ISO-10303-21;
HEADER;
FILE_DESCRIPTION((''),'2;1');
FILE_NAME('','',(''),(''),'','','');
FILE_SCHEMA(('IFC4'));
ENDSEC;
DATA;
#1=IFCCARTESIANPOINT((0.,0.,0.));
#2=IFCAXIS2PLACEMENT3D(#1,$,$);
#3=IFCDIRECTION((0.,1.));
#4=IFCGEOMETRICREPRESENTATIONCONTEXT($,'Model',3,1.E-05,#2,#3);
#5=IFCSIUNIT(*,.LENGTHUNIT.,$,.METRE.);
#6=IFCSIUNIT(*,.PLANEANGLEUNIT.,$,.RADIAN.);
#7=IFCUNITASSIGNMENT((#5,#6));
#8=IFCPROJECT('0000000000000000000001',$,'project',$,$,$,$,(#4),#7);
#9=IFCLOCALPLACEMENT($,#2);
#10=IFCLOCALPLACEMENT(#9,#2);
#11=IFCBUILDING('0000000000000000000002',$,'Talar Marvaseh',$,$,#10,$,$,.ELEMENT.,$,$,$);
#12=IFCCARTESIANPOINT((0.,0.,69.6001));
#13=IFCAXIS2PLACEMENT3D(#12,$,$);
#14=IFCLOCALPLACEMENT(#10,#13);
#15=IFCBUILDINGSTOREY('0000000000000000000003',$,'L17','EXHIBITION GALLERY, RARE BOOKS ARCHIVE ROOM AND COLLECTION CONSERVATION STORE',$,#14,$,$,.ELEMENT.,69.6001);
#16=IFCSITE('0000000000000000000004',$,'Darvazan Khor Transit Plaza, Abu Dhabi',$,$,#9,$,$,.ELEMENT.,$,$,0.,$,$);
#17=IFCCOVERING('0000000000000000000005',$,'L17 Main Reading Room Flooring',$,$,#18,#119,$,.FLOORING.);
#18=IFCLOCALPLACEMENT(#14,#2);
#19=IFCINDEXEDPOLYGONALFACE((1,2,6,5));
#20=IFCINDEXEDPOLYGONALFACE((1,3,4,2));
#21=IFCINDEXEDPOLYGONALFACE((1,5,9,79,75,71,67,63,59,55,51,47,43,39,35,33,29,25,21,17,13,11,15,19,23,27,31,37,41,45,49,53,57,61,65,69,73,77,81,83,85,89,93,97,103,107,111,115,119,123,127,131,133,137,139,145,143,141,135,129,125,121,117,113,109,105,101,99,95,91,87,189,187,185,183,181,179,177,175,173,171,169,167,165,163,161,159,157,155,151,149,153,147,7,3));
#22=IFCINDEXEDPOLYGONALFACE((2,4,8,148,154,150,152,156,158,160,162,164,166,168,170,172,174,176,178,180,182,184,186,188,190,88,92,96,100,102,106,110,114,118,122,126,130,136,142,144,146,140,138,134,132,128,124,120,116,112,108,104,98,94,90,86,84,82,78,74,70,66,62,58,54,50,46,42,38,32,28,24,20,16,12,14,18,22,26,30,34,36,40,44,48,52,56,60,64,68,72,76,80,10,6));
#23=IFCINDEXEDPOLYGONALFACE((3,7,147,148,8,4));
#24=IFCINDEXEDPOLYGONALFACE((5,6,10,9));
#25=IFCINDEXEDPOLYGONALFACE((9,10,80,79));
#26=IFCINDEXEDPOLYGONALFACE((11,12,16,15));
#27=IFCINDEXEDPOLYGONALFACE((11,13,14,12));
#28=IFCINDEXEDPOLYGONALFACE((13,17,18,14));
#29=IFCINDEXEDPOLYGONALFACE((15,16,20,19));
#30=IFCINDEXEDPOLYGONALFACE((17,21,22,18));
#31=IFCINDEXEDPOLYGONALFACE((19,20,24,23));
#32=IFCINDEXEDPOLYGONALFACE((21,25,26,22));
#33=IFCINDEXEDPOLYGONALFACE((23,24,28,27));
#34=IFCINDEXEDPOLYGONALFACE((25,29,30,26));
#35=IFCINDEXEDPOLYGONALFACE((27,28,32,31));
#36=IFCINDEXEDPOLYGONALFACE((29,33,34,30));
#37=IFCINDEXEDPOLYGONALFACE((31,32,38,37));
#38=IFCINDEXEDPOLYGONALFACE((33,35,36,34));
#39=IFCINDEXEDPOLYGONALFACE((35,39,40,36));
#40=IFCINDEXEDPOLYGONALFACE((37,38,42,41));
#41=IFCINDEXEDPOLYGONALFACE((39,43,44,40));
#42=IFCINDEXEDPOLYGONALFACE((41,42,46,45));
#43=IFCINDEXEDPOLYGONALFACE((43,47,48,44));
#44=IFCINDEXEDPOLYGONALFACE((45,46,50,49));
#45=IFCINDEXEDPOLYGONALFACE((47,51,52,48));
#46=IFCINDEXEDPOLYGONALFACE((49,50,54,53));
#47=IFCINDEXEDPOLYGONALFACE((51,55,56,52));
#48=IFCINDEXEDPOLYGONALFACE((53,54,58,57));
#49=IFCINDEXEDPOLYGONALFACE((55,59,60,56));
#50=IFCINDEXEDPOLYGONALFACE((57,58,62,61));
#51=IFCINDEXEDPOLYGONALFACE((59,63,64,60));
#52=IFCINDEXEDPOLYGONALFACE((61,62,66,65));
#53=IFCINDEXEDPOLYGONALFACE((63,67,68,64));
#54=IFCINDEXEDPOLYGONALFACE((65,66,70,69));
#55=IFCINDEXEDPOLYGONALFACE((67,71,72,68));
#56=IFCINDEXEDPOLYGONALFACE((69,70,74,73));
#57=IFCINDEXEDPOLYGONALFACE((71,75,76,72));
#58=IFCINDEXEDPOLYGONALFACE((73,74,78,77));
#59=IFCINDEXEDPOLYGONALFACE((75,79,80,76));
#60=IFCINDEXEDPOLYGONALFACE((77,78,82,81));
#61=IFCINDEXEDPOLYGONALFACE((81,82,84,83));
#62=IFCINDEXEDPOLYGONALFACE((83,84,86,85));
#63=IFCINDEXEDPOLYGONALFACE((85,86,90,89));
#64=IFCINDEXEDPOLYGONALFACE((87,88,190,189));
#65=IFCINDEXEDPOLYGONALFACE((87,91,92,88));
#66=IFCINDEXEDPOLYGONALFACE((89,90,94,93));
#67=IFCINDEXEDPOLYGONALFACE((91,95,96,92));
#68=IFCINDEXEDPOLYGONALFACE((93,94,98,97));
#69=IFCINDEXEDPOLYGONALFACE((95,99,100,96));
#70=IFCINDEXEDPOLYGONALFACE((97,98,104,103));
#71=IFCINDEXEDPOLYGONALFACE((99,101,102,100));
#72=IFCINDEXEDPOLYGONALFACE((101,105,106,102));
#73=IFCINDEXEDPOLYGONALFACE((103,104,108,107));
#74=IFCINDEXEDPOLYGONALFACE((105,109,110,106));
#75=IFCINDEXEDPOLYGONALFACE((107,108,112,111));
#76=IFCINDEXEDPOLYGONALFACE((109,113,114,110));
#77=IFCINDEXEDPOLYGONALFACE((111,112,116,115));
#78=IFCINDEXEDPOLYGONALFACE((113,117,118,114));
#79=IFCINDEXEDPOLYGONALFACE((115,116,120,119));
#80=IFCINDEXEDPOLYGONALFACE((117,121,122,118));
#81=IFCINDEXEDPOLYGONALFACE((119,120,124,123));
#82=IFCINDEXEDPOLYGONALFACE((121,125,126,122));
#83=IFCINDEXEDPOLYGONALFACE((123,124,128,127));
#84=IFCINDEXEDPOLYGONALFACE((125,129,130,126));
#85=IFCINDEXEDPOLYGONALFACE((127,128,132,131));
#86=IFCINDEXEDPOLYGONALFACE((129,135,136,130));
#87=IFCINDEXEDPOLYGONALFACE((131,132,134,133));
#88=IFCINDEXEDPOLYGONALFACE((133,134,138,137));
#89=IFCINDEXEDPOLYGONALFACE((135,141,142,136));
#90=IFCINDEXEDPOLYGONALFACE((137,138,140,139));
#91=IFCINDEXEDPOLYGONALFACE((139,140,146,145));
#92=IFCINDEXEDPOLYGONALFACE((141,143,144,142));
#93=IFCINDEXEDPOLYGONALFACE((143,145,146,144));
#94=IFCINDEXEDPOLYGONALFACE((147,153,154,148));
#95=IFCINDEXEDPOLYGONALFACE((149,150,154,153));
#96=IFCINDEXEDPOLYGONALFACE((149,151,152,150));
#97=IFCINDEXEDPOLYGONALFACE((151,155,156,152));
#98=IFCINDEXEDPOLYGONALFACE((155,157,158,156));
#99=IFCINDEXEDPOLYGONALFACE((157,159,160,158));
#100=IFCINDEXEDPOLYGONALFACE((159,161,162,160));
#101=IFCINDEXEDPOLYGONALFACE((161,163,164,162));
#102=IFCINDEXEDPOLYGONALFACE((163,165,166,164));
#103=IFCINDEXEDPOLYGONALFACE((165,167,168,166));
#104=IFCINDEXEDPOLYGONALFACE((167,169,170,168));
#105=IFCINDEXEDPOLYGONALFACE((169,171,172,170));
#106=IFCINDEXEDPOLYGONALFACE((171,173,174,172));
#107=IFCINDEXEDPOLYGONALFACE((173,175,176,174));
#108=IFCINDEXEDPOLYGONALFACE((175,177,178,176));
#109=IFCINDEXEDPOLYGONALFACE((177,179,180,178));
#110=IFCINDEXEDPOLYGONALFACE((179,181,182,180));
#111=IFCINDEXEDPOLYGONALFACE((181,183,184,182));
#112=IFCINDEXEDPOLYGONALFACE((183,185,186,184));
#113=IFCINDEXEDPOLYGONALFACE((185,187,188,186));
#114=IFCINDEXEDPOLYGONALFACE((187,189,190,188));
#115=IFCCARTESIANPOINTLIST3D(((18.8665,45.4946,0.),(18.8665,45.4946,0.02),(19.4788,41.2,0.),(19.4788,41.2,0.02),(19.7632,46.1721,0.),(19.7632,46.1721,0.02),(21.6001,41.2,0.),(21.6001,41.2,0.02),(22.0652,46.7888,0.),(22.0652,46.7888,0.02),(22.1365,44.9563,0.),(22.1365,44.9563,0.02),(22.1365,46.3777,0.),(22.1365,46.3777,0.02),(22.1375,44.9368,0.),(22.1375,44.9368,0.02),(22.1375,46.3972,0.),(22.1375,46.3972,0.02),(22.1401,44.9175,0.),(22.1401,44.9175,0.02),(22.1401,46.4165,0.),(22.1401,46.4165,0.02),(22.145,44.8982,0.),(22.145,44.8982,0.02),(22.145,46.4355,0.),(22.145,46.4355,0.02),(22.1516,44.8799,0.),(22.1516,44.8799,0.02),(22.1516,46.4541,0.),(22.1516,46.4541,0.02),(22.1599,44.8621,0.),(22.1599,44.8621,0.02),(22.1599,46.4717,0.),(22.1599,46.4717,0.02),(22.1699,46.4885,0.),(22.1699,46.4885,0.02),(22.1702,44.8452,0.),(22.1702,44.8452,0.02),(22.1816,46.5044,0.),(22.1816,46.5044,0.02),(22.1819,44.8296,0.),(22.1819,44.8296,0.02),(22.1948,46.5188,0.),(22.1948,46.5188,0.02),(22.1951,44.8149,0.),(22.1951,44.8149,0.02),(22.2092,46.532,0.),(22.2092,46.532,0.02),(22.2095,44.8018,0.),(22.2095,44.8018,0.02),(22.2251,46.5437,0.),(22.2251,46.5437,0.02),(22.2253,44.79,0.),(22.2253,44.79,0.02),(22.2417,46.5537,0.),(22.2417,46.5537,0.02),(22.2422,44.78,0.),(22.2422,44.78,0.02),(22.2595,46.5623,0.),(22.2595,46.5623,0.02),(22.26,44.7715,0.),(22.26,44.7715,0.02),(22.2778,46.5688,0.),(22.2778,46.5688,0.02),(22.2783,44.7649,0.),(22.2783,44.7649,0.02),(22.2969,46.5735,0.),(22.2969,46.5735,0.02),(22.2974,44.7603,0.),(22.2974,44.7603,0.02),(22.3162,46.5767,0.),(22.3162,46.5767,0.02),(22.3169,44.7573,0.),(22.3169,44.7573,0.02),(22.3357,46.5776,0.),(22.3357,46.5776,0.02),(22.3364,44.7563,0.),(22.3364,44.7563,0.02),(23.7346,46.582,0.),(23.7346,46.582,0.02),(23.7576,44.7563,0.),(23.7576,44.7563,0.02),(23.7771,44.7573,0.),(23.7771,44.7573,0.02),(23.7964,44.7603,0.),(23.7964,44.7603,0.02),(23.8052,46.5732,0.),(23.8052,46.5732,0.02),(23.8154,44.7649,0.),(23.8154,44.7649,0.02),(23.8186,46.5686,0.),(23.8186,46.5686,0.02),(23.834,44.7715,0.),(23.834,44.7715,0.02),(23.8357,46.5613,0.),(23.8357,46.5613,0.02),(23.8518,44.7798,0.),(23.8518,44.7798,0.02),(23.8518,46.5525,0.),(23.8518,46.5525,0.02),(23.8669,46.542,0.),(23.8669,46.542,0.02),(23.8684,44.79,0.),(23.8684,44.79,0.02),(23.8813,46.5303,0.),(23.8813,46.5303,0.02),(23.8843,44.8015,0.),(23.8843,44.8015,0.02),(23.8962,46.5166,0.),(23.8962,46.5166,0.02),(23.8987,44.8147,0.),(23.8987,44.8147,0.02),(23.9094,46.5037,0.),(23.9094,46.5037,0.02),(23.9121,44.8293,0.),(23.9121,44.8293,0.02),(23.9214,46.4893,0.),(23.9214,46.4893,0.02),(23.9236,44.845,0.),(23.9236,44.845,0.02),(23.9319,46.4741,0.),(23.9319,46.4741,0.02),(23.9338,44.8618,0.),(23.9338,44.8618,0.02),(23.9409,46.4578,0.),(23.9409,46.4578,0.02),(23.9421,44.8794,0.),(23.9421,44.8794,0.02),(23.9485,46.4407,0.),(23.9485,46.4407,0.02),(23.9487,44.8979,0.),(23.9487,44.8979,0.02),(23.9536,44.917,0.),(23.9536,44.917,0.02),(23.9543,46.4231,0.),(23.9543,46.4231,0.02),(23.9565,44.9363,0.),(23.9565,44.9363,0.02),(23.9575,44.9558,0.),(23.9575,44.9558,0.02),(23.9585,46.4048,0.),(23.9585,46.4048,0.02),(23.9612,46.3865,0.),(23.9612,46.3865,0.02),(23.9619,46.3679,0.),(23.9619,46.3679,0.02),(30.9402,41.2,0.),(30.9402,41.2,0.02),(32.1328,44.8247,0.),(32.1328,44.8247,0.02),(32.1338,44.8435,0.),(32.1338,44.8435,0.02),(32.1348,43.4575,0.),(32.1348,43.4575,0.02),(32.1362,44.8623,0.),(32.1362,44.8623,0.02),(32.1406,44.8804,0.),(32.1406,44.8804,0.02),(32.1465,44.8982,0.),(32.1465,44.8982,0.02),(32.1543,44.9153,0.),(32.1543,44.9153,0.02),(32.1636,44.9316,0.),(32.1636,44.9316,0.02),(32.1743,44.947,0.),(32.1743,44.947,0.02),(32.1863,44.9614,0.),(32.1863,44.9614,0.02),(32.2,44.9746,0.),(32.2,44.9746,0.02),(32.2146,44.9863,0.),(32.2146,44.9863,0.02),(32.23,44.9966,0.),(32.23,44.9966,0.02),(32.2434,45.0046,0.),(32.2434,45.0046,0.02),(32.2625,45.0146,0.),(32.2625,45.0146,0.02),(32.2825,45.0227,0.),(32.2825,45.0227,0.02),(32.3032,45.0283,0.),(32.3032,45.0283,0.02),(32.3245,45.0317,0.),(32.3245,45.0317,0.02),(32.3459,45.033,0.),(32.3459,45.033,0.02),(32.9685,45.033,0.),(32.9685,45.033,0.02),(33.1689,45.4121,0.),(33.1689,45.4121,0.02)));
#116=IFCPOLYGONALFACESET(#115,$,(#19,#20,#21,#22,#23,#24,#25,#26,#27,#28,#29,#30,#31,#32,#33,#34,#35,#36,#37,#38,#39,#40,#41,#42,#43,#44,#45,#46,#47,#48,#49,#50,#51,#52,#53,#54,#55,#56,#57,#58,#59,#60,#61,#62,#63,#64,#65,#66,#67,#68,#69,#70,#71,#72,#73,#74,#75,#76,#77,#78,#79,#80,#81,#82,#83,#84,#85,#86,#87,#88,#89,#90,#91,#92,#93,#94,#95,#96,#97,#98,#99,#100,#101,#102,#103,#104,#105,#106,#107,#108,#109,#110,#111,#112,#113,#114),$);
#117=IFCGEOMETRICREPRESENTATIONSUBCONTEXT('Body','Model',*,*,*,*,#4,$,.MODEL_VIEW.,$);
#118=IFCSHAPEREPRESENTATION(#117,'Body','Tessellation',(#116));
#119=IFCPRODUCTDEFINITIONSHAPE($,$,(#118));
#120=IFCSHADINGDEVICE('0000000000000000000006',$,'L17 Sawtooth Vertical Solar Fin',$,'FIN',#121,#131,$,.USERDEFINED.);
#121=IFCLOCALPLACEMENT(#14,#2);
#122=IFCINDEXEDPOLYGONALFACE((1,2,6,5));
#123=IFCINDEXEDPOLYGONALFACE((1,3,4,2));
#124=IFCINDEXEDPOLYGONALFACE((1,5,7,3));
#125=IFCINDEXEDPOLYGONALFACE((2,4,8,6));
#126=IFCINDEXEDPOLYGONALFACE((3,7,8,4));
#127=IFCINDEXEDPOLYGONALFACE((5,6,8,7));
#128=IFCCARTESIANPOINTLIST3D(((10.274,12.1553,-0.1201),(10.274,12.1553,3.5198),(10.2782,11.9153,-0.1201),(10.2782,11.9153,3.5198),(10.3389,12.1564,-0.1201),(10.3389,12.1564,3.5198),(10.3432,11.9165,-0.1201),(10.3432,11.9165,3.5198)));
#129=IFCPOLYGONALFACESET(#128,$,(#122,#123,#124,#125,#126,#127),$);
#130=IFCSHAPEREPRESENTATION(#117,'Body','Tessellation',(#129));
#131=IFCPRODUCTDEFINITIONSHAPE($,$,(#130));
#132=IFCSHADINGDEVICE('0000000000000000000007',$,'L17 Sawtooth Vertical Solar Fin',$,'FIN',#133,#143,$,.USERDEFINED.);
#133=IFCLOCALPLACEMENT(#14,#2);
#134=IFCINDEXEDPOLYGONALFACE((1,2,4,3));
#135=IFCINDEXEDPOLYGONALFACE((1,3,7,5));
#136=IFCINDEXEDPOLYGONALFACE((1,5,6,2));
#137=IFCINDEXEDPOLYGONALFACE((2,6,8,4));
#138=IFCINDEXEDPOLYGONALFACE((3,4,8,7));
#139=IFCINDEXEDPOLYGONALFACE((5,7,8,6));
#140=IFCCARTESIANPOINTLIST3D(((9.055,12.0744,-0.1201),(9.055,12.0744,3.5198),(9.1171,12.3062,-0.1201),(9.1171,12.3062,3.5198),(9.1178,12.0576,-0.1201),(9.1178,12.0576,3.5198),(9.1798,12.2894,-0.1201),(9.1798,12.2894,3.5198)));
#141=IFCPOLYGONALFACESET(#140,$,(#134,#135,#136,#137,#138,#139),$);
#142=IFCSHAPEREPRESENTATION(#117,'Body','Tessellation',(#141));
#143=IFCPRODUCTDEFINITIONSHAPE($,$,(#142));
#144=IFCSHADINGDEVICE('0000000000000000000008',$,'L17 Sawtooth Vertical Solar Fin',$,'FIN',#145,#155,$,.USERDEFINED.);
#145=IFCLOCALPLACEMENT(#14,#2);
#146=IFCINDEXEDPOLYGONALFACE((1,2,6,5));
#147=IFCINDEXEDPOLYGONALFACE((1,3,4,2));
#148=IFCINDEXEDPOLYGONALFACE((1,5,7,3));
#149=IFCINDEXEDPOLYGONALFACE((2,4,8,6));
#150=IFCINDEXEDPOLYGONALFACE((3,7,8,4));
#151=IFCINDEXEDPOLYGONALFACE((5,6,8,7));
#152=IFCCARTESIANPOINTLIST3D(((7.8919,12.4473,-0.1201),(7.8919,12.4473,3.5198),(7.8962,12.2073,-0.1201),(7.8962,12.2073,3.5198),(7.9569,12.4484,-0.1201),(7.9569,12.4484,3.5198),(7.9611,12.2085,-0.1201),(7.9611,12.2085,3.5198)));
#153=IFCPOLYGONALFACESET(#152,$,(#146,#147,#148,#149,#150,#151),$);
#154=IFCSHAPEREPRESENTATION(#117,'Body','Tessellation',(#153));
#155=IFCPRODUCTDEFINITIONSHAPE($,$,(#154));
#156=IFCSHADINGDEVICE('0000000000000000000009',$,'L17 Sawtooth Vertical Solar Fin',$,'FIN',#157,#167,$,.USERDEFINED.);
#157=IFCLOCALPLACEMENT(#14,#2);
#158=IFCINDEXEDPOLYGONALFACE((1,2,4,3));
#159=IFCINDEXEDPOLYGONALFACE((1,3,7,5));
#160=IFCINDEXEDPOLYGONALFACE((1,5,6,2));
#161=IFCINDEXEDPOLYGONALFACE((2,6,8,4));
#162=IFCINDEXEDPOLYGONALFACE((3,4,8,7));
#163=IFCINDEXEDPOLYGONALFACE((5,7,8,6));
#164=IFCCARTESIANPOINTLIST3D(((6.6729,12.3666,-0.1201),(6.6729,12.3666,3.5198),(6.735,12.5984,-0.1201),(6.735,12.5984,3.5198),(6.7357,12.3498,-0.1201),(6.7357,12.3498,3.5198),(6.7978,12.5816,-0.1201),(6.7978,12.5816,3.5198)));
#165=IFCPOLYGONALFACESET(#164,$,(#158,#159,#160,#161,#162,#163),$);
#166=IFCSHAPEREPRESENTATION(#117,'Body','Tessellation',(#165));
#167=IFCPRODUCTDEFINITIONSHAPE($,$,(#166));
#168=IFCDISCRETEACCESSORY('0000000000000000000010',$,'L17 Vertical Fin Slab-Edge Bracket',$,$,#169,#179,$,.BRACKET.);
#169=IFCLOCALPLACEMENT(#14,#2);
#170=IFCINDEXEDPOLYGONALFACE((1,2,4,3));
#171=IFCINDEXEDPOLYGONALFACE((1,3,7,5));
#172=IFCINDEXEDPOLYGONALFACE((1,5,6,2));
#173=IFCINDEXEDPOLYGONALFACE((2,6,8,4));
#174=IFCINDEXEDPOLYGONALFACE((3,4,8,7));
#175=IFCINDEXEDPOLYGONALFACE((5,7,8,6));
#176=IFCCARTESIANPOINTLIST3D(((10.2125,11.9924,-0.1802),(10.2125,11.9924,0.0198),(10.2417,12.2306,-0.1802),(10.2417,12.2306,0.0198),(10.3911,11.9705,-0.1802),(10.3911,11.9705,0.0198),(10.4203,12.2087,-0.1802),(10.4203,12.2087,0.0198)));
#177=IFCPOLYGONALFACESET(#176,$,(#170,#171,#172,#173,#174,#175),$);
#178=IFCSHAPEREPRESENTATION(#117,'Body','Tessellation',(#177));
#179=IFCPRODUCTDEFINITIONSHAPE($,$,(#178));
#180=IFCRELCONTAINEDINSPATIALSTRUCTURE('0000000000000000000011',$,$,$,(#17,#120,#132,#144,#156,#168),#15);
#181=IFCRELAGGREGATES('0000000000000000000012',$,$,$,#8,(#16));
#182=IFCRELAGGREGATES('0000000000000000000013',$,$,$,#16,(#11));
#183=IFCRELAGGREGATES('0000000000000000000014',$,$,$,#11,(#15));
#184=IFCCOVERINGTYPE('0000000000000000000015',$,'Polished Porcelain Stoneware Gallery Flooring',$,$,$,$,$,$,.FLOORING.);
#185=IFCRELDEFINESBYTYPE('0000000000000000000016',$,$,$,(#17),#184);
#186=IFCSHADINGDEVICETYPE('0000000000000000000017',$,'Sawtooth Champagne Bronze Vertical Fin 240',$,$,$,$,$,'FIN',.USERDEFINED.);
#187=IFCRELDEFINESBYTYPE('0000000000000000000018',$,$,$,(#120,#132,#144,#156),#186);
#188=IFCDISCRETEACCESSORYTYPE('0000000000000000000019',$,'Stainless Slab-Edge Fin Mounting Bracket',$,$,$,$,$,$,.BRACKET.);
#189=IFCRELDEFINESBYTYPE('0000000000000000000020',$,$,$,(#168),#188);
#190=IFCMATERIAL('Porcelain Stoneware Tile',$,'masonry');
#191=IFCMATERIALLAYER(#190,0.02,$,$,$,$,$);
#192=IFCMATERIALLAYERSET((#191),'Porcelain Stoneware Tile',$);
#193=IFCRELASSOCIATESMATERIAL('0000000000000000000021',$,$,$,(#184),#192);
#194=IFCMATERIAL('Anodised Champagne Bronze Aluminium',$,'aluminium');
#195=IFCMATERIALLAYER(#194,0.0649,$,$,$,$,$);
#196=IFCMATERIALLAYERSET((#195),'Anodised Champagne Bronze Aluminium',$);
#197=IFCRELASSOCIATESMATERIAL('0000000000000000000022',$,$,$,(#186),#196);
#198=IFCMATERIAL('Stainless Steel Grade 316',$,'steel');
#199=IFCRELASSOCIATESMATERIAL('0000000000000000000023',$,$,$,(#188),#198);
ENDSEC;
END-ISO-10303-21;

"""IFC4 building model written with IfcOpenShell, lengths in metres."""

from ifc_helpers import new_model, si_unit, direction, frame, origin, origin_2d, place, context, subcontext, project, spatial, polyline, rectangle, outline, extrude, source, transform, mapped, material, layer, layer_set, type_object, type_shapes, element, save


model = new_model("IFC4")

# Units and contexts
model_context = context("Model", 3, precision=1e-05, world=origin(), true_north=direction((0.0, 1.0)))
body_context = subcontext(model_context, "Body", "Model", "MODEL_VIEW")
ifc_project = project(units=[si_unit("LENGTHUNIT", "METRE"), si_unit("PLANEANGLEUNIT", "RADIAN")], contexts=[model_context])

# Site, building, storey
site_placement = place(None, origin())
site = spatial("IfcSite", under=ifc_project, at=site_placement, Name="Darvazan Khor Transit Plaza, Abu Dhabi", CompositionType="ELEMENT", RefElevation=0.0)
building_placement = place(site_placement, origin())
building = spatial("IfcBuilding", under=site, at=building_placement, Name="Talar Marvaseh", CompositionType="ELEMENT")
storey_placement = place(building_placement, frame((0.0, 0.0, 69.6001)))
storey = spatial("IfcBuildingStorey", under=building, at=storey_placement, Name="L17", Description="EXHIBITION GALLERY, RARE BOOKS ARCHIVE ROOM AND COLLECTION CONSERVATION STORE", CompositionType="ELEMENT", Elevation=69.6001)

# Covering
ifc_material_1 = material(Name="Porcelain Stoneware Tile", Category="masonry")
ifc_layer_1 = layer(ifc_material_1, 0.02)
ifc_layer_set_1 = layer_set([ifc_layer_1], Name="Porcelain Stoneware Tile")
covering_type_1 = type_object("IfcCoveringType", Name="Polished Porcelain Stoneware Gallery Flooring", PredefinedType="FLOORING", material=ifc_layer_set_1)
covering_1_placement = place(storey_placement, origin())
element("IfcCovering", 1, at=covering_1_placement, inside=storey, type_object=covering_type_1, Name="L17 Main Reading Room Flooring", PredefinedType="FLOORING", context=body_context, shape_type="SweptSolid", body=[
    extrude(outline(polyline([(19.7632, 46.1721), (22.0652, 46.7888), (23.7346, 46.582), (22.3357, 46.5776), (22.3162, 46.5767), (22.2969, 46.5735), (22.2778, 46.5688), (22.2595, 46.5623), (22.2417, 46.5537), (22.2251, 46.5437), (22.2092, 46.532), (22.1948, 46.5188), (22.1816, 46.5044), (22.1699, 46.4885), (22.1599, 46.4717), (22.1516, 46.4541), (22.145, 46.4355), (22.1401, 46.4165), (22.1375, 46.3972), (22.1365, 46.3777), (22.1365, 44.9563), (22.1375, 44.9368), (22.1401, 44.9175), (22.145, 44.8982), (22.1516, 44.8799), (22.1599, 44.8621), (22.1702, 44.8452), (22.1819, 44.8296), (22.1951, 44.8149), (22.2095, 44.8018), (22.2253, 44.79), (22.2422, 44.78), (22.26, 44.7715), (22.2783, 44.7649), (22.2974, 44.7603), (22.3169, 44.7573), (22.3364, 44.7563), (23.7576, 44.7563), (23.7771, 44.7573), (23.7964, 44.7603), (23.8154, 44.7649), (23.834, 44.7715), (23.8518, 44.7798), (23.8684, 44.79), (23.8843, 44.8015), (23.8987, 44.8147), (23.9121, 44.8293), (23.9236, 44.845), (23.9338, 44.8618), (23.9421, 44.8794), (23.9487, 44.8979), (23.9536, 44.917), (23.9565, 44.9363), (23.9575, 44.9558), (23.9619, 46.3679), (23.9612, 46.3865), (23.9585, 46.4048), (23.9543, 46.4231), (23.9485, 46.4407), (23.9409, 46.4578), (23.9319, 46.4741), (23.9214, 46.4893), (23.9094, 46.5037), (23.8962, 46.5166), (23.8813, 46.5303), (23.8669, 46.542), (23.8518, 46.5525), (23.8357, 46.5613), (23.8186, 46.5686), (23.8052, 46.5732), (33.1689, 45.4121), (32.9685, 45.033), (32.3459, 45.033), (32.3245, 45.0317), (32.3032, 45.0283), (32.2825, 45.0227), (32.2625, 45.0146), (32.2434, 45.0046), (32.23, 44.9966), (32.2146, 44.9863), (32.2, 44.9746), (32.1863, 44.9614), (32.1743, 44.947), (32.1636, 44.9316), (32.1543, 44.9153), (32.1465, 44.8982), (32.1406, 44.8804), (32.1362, 44.8623), (32.1338, 44.8435), (32.1328, 44.8247), (32.1348, 43.4575), (30.9402, 41.2), (21.6001, 41.2), (19.4788, 41.2), (18.8665, 45.4946), (19.7632, 46.1721)])), origin(), (0.0, 0.0, 1.0), 0.02),
])

# Shading devices
ifc_material_2 = material(Name="Anodised Champagne Bronze Aluminium", Category="aluminium")
ifc_layer_2 = layer(ifc_material_2, 0.0649)
ifc_layer_set_2 = layer_set([ifc_layer_2], Name="Anodised Champagne Bronze Aluminium")
shading_device_type = type_object("IfcShadingDeviceType", Name="Sawtooth Champagne Bronze Vertical Fin 240", ElementType="FIN", PredefinedType="USERDEFINED", material=ifc_layer_set_2)
shared_shape_1 = source(origin(), body_context, "Body", "SweptSolid", [
    extrude(rectangle(XDim=0.24, YDim=0.0649, at=origin_2d()), origin(), (0.0, 0.0, 1.0), 3.6399),
])
type_shapes(shading_device_type, [shared_shape_1])
for number, where, z_axis, x_axis, name in (
    (2, (10.3086, 12.0359, -0.1201), (0.0, 0.0, 1.0), (0.017627, -0.999845, 0.0), "L17 Sawtooth Vertical Solar Fin"),
    (3, (9.1174, 12.1819, -0.1201), (0.0, 0.0, 1.0), (-0.25865, -0.965971, 0.0), "L17 Sawtooth Vertical Solar Fin"),
    (4, (7.9265, 12.3279, -0.1201), (0.0, 0.0, 1.0), (0.017627, -0.999845, 0.0), "L17 Sawtooth Vertical Solar Fin"),
    (5, (6.7354, 12.4741, -0.1201), (0.0, 0.0, 1.0), (-0.25865, -0.965971, 0.0), "L17 Sawtooth Vertical Solar Fin"),
):
    element("IfcShadingDevice", number, at=place(storey_placement, frame(where, z_axis=z_axis, x_axis=x_axis)), inside=storey, type_object=shading_device_type, Name=name, ObjectType="FIN", PredefinedType="USERDEFINED", context=body_context, shape_type="MappedRepresentation", body=[
        mapped(shared_shape_1, transform((0.0, 0.0, 0.0), x_axis=(1.0, 0.0, 0.0), y_axis=(0.0, 1.0, 0.0), z_axis=(0.0, 0.0, 1.0), scale=1.0)),
    ])

# Discrete accessory
ifc_material_3 = material(Name="Stainless Steel Grade 316", Category="steel")
discrete_accessory_type = type_object("IfcDiscreteAccessoryType", Name="Stainless Slab-Edge Fin Mounting Bracket", PredefinedType="BRACKET", material=ifc_material_3)
shared_shape_2 = source(origin(), body_context, "Body", "SweptSolid", [
    extrude(rectangle(XDim=0.24, YDim=0.1799, at=origin_2d()), origin(), (0.0, 0.0, 1.0), 0.2),
])
type_shapes(discrete_accessory_type, [shared_shape_2])
for number, where, z_axis, x_axis, name in (
    (6, (10.3164, 12.1006, -0.1802), (0.0, 0.0, 1.0), (-0.121696, -0.992567, 0.0), "L17 Vertical Fin Slab-Edge Bracket"),
):
    element("IfcDiscreteAccessory", number, at=place(storey_placement, frame(where, z_axis=z_axis, x_axis=x_axis)), inside=storey, type_object=discrete_accessory_type, Name=name, PredefinedType="BRACKET", context=body_context, shape_type="MappedRepresentation", body=[
        mapped(shared_shape_2, transform((0.0, 0.0, 0.0), x_axis=(1.0, 0.0, 0.0), y_axis=(0.0, 1.0, 0.0), z_axis=(0.0, 0.0, 1.0), scale=1.0)),
    ])

save(model, "model.ifc")
